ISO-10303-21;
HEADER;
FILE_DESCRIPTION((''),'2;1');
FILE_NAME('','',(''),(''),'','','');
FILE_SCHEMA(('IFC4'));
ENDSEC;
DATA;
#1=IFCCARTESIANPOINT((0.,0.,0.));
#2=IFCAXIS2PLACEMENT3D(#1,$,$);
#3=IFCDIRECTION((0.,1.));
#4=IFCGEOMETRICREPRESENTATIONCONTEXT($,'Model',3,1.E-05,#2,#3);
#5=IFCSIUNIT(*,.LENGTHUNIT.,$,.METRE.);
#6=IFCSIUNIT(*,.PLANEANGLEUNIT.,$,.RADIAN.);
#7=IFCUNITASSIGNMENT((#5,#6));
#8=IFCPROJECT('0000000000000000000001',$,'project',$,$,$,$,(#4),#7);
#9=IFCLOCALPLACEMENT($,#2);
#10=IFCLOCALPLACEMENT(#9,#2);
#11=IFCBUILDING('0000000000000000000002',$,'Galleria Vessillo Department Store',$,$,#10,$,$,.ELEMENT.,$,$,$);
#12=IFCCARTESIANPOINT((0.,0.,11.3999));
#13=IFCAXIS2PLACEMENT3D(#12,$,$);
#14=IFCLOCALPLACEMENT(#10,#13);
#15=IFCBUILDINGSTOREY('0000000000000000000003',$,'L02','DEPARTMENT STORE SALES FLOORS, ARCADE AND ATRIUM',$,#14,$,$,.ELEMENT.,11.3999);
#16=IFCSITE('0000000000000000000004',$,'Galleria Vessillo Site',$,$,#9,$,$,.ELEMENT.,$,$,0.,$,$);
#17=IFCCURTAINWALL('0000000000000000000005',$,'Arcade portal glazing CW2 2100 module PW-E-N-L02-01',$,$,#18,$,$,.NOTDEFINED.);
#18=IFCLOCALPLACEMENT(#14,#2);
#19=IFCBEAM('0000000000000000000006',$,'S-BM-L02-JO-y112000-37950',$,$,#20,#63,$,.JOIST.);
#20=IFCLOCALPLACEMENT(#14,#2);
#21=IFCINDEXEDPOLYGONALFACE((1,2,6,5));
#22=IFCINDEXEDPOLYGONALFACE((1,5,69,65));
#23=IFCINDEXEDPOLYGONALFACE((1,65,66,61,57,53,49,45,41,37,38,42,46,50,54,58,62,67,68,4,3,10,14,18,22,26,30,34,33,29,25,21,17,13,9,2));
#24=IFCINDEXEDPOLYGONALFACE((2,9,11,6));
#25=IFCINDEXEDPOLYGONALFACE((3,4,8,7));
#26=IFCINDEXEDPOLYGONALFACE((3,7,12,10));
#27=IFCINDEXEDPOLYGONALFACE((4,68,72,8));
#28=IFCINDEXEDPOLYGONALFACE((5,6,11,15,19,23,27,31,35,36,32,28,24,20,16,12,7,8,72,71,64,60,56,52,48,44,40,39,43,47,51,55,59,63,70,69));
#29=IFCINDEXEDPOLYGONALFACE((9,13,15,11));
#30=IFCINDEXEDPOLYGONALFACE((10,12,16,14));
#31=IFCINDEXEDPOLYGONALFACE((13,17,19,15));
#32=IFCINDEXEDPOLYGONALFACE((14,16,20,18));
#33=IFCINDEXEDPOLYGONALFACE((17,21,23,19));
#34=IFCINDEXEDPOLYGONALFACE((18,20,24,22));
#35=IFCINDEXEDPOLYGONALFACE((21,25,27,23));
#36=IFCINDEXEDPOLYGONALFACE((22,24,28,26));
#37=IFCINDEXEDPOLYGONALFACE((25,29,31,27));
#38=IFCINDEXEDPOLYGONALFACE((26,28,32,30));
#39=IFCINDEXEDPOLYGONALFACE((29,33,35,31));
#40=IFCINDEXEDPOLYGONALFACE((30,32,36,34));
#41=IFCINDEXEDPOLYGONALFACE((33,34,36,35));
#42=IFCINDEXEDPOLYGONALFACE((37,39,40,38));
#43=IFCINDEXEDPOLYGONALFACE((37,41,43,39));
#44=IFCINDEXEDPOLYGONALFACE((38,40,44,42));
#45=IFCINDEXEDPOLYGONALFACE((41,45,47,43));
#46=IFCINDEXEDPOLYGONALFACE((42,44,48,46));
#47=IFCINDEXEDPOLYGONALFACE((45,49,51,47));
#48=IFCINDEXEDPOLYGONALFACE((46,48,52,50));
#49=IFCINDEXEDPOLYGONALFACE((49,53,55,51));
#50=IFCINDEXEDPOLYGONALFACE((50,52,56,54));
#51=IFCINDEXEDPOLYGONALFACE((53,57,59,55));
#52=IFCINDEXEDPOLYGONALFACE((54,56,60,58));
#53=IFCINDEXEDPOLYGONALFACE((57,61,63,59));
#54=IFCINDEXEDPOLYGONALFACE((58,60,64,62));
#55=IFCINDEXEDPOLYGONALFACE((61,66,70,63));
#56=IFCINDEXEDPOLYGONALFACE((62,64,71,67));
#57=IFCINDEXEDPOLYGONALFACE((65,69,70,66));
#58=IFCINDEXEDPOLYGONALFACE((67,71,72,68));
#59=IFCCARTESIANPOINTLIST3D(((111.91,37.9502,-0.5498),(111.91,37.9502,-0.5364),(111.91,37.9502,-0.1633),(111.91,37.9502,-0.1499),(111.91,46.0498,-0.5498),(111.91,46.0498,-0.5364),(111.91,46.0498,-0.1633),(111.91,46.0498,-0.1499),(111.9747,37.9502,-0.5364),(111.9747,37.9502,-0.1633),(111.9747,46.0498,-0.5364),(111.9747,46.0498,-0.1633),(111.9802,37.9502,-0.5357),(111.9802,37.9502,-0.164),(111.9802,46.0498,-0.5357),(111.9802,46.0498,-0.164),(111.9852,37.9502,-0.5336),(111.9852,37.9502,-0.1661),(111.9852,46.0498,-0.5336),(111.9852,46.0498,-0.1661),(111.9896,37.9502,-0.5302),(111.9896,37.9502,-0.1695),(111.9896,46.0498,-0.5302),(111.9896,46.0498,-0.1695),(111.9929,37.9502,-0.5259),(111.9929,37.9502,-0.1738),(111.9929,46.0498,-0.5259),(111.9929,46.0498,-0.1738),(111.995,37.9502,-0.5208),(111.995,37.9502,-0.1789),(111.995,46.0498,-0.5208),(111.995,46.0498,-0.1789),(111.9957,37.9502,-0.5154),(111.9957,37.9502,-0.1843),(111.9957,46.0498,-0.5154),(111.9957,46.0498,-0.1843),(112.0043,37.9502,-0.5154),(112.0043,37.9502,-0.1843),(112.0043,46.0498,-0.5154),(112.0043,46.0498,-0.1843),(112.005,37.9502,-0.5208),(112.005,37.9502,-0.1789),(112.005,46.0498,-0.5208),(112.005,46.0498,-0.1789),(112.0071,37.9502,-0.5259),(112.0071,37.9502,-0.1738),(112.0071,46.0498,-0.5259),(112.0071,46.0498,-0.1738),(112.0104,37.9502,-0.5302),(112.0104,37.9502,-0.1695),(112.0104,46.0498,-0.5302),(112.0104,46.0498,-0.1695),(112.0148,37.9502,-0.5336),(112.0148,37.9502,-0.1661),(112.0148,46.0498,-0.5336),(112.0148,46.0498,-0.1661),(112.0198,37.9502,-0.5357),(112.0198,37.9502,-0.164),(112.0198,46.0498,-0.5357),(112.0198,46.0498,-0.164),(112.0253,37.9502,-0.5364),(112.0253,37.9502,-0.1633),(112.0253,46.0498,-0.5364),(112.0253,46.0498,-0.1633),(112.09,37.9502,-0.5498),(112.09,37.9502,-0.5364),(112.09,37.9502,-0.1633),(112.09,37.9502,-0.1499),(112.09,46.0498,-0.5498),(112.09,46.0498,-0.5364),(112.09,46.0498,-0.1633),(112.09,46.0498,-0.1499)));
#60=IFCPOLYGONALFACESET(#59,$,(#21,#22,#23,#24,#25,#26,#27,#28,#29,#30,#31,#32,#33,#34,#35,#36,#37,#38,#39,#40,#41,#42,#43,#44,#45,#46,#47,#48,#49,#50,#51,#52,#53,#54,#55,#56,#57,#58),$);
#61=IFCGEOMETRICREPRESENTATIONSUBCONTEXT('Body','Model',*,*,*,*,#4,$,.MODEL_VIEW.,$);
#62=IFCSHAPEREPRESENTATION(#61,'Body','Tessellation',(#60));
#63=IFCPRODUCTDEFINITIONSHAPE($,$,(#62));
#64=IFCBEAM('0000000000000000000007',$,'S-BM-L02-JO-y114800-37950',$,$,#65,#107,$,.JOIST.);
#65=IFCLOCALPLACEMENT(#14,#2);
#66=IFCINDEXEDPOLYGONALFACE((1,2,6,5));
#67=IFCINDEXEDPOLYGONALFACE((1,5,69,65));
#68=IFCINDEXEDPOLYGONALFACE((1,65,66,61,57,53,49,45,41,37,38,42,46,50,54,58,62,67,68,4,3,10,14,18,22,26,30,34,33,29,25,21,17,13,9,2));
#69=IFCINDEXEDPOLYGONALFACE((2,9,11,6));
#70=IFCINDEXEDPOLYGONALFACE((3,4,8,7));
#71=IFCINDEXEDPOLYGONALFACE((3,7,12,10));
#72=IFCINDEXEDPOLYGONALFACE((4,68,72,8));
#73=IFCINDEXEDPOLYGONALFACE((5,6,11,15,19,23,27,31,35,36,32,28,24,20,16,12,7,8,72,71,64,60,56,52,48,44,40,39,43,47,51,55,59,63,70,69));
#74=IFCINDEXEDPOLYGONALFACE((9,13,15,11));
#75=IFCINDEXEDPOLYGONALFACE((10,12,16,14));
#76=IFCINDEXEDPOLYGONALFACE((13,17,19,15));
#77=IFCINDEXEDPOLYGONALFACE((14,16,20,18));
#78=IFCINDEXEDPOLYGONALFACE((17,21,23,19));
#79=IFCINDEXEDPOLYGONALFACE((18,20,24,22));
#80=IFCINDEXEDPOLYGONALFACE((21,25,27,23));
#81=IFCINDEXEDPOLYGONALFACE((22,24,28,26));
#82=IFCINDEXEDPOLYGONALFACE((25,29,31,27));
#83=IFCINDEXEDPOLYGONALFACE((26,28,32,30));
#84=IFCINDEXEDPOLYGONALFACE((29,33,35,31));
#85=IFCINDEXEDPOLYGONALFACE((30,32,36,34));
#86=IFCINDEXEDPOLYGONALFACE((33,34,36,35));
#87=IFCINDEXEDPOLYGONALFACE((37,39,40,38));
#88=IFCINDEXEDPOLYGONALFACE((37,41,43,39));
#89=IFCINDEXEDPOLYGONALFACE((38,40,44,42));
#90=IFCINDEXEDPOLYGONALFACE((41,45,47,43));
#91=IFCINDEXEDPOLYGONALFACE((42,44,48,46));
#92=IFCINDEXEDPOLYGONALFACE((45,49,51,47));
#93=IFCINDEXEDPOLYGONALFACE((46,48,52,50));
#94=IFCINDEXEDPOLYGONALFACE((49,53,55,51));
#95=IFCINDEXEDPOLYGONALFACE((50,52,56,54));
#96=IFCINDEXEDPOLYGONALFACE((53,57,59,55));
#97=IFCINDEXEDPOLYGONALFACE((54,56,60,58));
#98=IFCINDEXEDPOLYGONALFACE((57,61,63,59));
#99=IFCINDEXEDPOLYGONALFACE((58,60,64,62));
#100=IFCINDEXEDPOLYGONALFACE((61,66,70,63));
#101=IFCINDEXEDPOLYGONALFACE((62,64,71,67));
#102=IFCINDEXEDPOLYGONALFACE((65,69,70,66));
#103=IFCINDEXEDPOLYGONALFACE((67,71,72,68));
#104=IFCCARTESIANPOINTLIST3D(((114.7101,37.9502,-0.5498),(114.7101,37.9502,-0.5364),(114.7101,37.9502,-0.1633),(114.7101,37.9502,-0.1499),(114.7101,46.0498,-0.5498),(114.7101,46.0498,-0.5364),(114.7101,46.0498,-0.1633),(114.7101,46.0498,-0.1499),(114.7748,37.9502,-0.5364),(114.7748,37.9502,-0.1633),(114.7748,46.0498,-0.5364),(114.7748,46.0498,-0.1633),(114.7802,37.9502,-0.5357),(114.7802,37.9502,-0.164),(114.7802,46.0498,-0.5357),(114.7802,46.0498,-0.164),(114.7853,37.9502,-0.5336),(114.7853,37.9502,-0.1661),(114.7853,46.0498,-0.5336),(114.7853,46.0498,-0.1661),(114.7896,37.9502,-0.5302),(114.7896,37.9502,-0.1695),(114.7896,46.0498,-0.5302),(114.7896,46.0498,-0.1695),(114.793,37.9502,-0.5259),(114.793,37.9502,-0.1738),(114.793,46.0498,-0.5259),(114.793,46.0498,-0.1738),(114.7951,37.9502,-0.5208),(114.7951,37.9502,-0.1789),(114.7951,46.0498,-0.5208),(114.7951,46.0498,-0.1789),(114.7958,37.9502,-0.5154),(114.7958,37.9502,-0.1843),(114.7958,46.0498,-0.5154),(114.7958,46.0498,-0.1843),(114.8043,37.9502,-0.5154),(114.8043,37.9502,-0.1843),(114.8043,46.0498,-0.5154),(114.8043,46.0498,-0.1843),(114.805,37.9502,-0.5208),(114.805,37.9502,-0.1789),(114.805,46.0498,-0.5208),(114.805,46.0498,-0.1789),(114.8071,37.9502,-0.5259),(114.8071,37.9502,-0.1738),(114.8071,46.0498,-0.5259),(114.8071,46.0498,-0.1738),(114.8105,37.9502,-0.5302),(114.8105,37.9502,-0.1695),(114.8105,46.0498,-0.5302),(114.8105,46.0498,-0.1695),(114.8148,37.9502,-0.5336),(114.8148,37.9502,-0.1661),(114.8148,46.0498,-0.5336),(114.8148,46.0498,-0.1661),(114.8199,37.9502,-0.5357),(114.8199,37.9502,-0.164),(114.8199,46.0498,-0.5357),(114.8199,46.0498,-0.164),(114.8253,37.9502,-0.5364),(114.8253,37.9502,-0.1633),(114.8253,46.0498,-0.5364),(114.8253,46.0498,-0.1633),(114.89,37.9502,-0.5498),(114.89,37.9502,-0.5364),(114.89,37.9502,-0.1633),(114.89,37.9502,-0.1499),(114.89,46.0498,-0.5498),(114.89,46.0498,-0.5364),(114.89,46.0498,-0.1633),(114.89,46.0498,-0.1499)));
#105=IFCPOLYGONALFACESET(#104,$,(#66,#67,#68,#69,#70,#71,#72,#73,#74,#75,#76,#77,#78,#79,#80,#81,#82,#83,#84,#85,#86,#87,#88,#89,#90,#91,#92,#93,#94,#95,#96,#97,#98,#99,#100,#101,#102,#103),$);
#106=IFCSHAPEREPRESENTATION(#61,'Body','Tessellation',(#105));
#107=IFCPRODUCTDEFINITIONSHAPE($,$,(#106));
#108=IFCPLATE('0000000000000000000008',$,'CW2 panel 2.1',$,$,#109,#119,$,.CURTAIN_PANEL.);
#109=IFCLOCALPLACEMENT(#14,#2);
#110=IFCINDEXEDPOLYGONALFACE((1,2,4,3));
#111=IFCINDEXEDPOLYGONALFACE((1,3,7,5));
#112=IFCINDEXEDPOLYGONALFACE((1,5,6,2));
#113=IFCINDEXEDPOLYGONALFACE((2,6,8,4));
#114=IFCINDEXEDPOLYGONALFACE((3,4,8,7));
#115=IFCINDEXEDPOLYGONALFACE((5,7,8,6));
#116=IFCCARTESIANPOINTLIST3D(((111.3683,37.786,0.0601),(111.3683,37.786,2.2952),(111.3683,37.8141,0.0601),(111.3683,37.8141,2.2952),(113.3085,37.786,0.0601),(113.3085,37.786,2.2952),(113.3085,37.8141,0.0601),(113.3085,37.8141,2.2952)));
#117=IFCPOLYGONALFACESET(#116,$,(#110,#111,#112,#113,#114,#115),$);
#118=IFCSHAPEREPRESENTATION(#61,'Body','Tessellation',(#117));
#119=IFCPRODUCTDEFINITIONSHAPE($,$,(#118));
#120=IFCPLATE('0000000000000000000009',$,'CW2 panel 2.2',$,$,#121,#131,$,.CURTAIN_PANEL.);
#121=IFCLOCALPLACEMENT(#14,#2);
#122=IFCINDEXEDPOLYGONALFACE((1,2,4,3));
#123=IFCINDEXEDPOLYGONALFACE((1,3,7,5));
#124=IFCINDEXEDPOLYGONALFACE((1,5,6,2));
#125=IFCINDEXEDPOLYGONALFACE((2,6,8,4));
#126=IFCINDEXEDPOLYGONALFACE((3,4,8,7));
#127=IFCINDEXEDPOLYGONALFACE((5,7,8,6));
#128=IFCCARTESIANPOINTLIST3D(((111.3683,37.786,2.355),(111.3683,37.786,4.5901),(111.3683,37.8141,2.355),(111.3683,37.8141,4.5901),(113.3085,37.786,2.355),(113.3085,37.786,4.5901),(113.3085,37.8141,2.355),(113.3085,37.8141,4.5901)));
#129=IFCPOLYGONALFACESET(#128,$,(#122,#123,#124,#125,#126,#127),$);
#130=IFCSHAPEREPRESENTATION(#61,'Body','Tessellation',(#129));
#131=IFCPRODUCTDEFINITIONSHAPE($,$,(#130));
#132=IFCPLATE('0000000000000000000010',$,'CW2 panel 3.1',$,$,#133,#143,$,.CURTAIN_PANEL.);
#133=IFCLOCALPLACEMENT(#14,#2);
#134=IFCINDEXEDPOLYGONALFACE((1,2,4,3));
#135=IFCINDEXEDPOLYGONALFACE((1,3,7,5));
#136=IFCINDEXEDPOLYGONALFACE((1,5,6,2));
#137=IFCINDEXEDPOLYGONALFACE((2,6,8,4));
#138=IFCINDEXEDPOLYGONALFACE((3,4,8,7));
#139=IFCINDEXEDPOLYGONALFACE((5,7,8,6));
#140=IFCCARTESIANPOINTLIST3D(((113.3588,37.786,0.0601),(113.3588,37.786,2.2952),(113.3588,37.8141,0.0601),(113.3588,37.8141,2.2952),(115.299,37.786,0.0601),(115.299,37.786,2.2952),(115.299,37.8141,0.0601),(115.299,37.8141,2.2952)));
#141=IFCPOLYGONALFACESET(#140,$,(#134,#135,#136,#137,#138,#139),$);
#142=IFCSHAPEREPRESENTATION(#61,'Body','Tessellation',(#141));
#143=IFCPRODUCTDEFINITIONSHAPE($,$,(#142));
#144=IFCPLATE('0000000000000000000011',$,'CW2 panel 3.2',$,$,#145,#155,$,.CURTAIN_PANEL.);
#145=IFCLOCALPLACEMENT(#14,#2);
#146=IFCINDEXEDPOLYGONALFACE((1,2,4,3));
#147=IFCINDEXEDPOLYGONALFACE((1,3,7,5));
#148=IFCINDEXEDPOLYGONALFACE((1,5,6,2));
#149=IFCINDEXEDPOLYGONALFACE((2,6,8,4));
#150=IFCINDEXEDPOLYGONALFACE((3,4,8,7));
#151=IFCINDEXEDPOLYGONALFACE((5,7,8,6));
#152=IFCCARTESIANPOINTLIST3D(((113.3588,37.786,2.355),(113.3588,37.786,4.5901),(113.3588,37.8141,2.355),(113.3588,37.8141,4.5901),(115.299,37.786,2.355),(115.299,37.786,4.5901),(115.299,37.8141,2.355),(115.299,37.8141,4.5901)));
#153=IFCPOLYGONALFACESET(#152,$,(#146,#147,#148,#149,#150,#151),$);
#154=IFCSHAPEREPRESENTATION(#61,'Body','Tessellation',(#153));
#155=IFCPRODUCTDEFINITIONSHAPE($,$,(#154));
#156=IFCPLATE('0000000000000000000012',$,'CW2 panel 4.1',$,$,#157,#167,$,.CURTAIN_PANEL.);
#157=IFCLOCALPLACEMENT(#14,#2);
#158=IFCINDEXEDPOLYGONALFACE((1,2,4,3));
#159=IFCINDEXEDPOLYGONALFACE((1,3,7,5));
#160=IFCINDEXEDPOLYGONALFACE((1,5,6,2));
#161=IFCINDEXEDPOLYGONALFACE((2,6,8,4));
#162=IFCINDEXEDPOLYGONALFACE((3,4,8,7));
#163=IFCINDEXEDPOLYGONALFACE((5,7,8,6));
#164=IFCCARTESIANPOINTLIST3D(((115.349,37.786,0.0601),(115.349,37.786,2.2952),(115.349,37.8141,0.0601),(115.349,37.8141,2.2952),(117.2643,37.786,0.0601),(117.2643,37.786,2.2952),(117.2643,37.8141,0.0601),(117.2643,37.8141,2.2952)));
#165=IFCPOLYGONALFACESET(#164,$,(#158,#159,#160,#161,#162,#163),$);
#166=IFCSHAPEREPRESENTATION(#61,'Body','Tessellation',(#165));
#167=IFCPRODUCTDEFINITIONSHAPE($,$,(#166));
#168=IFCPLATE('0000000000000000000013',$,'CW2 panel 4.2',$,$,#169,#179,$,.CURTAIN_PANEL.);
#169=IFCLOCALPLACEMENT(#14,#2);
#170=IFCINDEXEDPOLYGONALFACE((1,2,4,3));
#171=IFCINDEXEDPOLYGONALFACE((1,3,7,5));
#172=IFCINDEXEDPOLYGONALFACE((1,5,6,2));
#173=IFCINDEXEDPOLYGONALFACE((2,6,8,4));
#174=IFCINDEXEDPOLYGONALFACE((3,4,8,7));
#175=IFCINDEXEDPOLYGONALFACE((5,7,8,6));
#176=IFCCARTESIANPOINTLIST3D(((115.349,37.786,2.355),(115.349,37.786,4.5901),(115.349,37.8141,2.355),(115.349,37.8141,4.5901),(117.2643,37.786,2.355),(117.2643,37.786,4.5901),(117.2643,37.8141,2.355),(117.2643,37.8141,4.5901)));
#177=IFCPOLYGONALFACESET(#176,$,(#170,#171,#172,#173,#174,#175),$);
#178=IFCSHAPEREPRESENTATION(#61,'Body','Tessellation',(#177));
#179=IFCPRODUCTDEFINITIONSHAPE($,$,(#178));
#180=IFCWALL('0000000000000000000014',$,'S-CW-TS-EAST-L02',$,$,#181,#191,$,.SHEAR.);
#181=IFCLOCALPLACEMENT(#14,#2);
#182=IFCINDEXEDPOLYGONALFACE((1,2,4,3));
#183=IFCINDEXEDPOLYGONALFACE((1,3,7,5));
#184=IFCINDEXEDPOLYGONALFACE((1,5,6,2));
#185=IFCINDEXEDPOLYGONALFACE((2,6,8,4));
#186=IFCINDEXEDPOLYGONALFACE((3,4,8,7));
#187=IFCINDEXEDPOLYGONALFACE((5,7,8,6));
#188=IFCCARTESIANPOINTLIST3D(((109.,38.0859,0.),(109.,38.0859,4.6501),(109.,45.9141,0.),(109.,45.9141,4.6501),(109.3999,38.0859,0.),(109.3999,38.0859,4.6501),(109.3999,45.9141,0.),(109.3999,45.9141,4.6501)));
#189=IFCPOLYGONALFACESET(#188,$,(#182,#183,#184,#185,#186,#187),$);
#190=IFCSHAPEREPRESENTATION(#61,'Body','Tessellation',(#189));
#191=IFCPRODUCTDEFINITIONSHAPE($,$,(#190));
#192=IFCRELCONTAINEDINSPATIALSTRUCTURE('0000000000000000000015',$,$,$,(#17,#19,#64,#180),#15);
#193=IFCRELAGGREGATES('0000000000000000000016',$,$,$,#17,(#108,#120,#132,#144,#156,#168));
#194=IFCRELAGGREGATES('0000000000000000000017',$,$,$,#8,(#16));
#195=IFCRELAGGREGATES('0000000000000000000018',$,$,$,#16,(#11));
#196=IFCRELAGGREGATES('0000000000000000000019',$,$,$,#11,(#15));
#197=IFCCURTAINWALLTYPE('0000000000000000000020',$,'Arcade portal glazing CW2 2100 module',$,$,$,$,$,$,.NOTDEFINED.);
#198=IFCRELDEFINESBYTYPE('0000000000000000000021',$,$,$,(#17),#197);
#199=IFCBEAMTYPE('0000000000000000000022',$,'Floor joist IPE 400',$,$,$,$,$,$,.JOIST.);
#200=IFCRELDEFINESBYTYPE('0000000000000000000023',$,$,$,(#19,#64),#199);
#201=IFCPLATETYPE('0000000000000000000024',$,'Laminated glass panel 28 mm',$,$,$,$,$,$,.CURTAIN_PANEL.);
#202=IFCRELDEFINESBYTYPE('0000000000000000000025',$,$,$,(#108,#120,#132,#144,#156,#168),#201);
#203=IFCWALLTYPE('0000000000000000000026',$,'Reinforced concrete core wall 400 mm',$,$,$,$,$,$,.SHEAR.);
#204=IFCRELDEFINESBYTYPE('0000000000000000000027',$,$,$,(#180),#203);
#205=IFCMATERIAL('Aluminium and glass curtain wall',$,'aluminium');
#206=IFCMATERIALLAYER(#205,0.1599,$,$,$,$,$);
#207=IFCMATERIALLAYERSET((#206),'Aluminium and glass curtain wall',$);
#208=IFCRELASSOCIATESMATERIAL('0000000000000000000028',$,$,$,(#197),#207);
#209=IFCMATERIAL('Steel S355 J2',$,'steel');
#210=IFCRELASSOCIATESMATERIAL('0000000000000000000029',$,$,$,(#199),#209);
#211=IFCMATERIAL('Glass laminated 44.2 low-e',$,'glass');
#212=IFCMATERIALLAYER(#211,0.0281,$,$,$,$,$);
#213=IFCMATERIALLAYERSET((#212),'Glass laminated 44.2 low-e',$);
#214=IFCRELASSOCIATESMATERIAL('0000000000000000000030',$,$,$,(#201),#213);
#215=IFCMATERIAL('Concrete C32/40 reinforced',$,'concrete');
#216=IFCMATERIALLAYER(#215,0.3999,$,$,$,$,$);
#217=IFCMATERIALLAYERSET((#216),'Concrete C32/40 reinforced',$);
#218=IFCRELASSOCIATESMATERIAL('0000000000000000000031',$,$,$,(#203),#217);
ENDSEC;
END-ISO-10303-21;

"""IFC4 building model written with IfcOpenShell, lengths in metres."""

from ifc_helpers import new_model, si_unit, direction, frame, frame_2d, origin, origin_2d, place, context, subcontext, project, spatial, rectangle, i_section, extrude, material, layer, layer_set, material_profile, profile_set, type_object, element, aggregate, save


model = new_model("IFC4")

# Units and contexts
model_context = context("Model", 3, precision=1e-05, world=origin(), true_north=direction((0.0, 1.0)))
body_context = subcontext(model_context, "Body", "Model", "MODEL_VIEW")
ifc_project = project(units=[si_unit("LENGTHUNIT", "METRE"), si_unit("PLANEANGLEUNIT", "RADIAN")], contexts=[model_context])

# Site, building, storey
site_placement = place(None, origin())
site = spatial("IfcSite", under=ifc_project, at=site_placement, Name="Galleria Vessillo Site", CompositionType="ELEMENT", RefElevation=0.0)
building_placement = place(site_placement, origin())
building = spatial("IfcBuilding", under=site, at=building_placement, Name="Galleria Vessillo Department Store", CompositionType="ELEMENT")
storey_placement = place(building_placement, frame((0.0, 0.0, 11.3999)))
storey = spatial("IfcBuildingStorey", under=building, at=storey_placement, Name="L02", Description="DEPARTMENT STORE SALES FLOORS, ARCADE AND ATRIUM", CompositionType="ELEMENT", Elevation=11.3999)

# Curtain wall
ifc_material_1 = material(Name="Aluminium and glass curtain wall", Category="aluminium")
ifc_layer_1 = layer(ifc_material_1, 0.1599)
ifc_layer_set_1 = layer_set([ifc_layer_1], Name="Aluminium and glass curtain wall")
curtain_wall_type = type_object("IfcCurtainWallType", Name="Arcade portal glazing CW2 2100 module", PredefinedType="NOTDEFINED", material=ifc_layer_set_1)
curtain_wall_placement = place(storey_placement, origin())
curtain_wall = element("IfcCurtainWall", 1, at=curtain_wall_placement, inside=storey, type_object=curtain_wall_type, Name="Arcade portal glazing CW2 2100 module PW-E-N-L02-01", PredefinedType="NOTDEFINED")

# Beams
ifc_material_2 = material(Name="Steel S355 J2", Category="steel")
ifc_material_profile_1 = material_profile(ifc_material_2, i_section(OverallWidth=0.1799, OverallDepth=0.3999, WebThickness=0.0085, FlangeThickness=0.0134, FilletRadius=0.021, at=origin_2d()), Name="IPE 400")
ifc_profile_set_1 = profile_set([ifc_material_profile_1], Name="Steel S355 J2")
beam_type = type_object("IfcBeamType", Name="Floor joist IPE 400", PredefinedType="JOIST", material=ifc_profile_set_1)
for number, where, z_axis, x_axis, name in (
    (2, (112.0, 37.9502, -0.3499), (0.0, 1.0, 0.0), (-1.0, 0.0, 0.0), "S-BM-L02-JO-y112000-37950"),
    (3, (114.8, 37.9502, -0.3499), (0.0, 1.0, 0.0), (-1.0, 0.0, 0.0), "S-BM-L02-JO-y114800-37950"),
):
    element("IfcBeam", number, at=place(storey_placement, frame(where, z_axis=z_axis, x_axis=x_axis)), inside=storey, type_object=beam_type, Name=name, PredefinedType="JOIST", context=body_context, shape_type="SweptSolid", body=[
        extrude(i_section(OverallWidth=0.1799, OverallDepth=0.3999, WebThickness=0.0085, FlangeThickness=0.0134, FilletRadius=0.021, at=origin_2d()), origin(), (0.0, 0.0, 1.0), 8.0996),
    ])

# Plates
ifc_material_3 = material(Name="Glass laminated 44.2 low-e", Category="glass")
ifc_layer_2 = layer(ifc_material_3, 0.0281)
ifc_layer_set_2 = layer_set([ifc_layer_2], Name="Glass laminated 44.2 low-e")
plate_type = type_object("IfcPlateType", Name="Laminated glass panel 28 mm", PredefinedType="CURTAIN_PANEL", material=ifc_layer_set_2)
plate_1_placement = place(storey_placement, frame((112.3384, 37.8, 0.0601), z_axis=(0.0, 0.0, 1.0), x_axis=(1.0, 0.0, 0.0)))
plate_1 = element("IfcPlate", 4, at=plate_1_placement, type_object=plate_type, Name="CW2 panel 2.1", PredefinedType="CURTAIN_PANEL", context=body_context, shape_type="SweptSolid", body=[
    extrude(rectangle(XDim=1.9402, YDim=0.0281, at=origin_2d()), origin(), (0.0, 0.0, 1.0), 2.2351),
])
plate_2_placement = place(storey_placement, frame((112.3384, 37.8, 2.355), z_axis=(0.0, 0.0, 1.0), x_axis=(1.0, 0.0, 0.0)))
plate_2 = element("IfcPlate", 5, at=plate_2_placement, type_object=plate_type, Name="CW2 panel 2.2", PredefinedType="CURTAIN_PANEL", context=body_context, shape_type="SweptSolid", body=[
    extrude(rectangle(XDim=1.9402, YDim=0.0281, at=origin_2d()), origin(), (0.0, 0.0, 1.0), 2.2351),
])
plate_3_placement = place(storey_placement, frame((114.3289, 37.8, 0.0601), z_axis=(0.0, 0.0, 1.0), x_axis=(1.0, 0.0, 0.0)))
plate_3 = element("IfcPlate", 6, at=plate_3_placement, type_object=plate_type, Name="CW2 panel 3.1", PredefinedType="CURTAIN_PANEL", context=body_context, shape_type="SweptSolid", body=[
    extrude(rectangle(XDim=1.9402, YDim=0.0281, at=origin_2d()), origin(), (0.0, 0.0, 1.0), 2.2351),
])
plate_4_placement = place(storey_placement, frame((114.3289, 37.8, 2.355), z_axis=(0.0, 0.0, 1.0), x_axis=(1.0, 0.0, 0.0)))
plate_4 = element("IfcPlate", 7, at=plate_4_placement, type_object=plate_type, Name="CW2 panel 3.2", PredefinedType="CURTAIN_PANEL", context=body_context, shape_type="SweptSolid", body=[
    extrude(rectangle(XDim=1.9402, YDim=0.0281, at=origin_2d()), origin(), (0.0, 0.0, 1.0), 2.2351),
])
plate_5_placement = place(storey_placement, frame((116.3066, 37.8, 0.0601), z_axis=(0.0, 0.0, 1.0), x_axis=(1.0, 0.0, 0.0)))
plate_5 = element("IfcPlate", 8, at=plate_5_placement, type_object=plate_type, Name="CW2 panel 4.1", PredefinedType="CURTAIN_PANEL", context=body_context, shape_type="SweptSolid", body=[
    extrude(rectangle(XDim=1.9153, YDim=0.0281, at=origin_2d()), origin(), (0.0, 0.0, 1.0), 2.2351),
])
plate_6_placement = place(storey_placement, frame((116.3066, 37.8, 2.355), z_axis=(0.0, 0.0, 1.0), x_axis=(1.0, 0.0, 0.0)))
plate_6 = element("IfcPlate", 9, at=plate_6_placement, type_object=plate_type, Name="CW2 panel 4.2", PredefinedType="CURTAIN_PANEL", context=body_context, shape_type="SweptSolid", body=[
    extrude(rectangle(XDim=1.9153, YDim=0.0281, at=origin_2d()), origin(), (0.0, 0.0, 1.0), 2.2351),
])
aggregate(curtain_wall, [plate_1, plate_2, plate_3, plate_4, plate_5, plate_6])

# Wall
ifc_material_4 = material(Name="Concrete C32/40 reinforced", Category="concrete")
ifc_layer_3 = layer(ifc_material_4, 0.3999)
ifc_layer_set_3 = layer_set([ifc_layer_3], Name="Concrete C32/40 reinforced")
wall_type_1 = type_object("IfcWallType", Name="Reinforced concrete core wall 400 mm", PredefinedType="SHEAR", material=ifc_layer_set_3)
wall_1_placement = place(storey_placement, frame((109.2, 38.0859, 0.0), z_axis=(0.0, 0.0, 1.0), x_axis=(0.0, 1.0, 0.0)))
element("IfcWall", 10, at=wall_1_placement, inside=storey, type_object=wall_type_1, Name="S-CW-TS-EAST-L02", PredefinedType="SHEAR", context=body_context, shape_type="SweptSolid", body=[
    extrude(rectangle(XDim=7.8281, YDim=0.3999, at=frame_2d((3.9141, 0.0))), origin(), (0.0, 0.0, 1.0), 4.6501),
])

save(model, "model.ifc")
